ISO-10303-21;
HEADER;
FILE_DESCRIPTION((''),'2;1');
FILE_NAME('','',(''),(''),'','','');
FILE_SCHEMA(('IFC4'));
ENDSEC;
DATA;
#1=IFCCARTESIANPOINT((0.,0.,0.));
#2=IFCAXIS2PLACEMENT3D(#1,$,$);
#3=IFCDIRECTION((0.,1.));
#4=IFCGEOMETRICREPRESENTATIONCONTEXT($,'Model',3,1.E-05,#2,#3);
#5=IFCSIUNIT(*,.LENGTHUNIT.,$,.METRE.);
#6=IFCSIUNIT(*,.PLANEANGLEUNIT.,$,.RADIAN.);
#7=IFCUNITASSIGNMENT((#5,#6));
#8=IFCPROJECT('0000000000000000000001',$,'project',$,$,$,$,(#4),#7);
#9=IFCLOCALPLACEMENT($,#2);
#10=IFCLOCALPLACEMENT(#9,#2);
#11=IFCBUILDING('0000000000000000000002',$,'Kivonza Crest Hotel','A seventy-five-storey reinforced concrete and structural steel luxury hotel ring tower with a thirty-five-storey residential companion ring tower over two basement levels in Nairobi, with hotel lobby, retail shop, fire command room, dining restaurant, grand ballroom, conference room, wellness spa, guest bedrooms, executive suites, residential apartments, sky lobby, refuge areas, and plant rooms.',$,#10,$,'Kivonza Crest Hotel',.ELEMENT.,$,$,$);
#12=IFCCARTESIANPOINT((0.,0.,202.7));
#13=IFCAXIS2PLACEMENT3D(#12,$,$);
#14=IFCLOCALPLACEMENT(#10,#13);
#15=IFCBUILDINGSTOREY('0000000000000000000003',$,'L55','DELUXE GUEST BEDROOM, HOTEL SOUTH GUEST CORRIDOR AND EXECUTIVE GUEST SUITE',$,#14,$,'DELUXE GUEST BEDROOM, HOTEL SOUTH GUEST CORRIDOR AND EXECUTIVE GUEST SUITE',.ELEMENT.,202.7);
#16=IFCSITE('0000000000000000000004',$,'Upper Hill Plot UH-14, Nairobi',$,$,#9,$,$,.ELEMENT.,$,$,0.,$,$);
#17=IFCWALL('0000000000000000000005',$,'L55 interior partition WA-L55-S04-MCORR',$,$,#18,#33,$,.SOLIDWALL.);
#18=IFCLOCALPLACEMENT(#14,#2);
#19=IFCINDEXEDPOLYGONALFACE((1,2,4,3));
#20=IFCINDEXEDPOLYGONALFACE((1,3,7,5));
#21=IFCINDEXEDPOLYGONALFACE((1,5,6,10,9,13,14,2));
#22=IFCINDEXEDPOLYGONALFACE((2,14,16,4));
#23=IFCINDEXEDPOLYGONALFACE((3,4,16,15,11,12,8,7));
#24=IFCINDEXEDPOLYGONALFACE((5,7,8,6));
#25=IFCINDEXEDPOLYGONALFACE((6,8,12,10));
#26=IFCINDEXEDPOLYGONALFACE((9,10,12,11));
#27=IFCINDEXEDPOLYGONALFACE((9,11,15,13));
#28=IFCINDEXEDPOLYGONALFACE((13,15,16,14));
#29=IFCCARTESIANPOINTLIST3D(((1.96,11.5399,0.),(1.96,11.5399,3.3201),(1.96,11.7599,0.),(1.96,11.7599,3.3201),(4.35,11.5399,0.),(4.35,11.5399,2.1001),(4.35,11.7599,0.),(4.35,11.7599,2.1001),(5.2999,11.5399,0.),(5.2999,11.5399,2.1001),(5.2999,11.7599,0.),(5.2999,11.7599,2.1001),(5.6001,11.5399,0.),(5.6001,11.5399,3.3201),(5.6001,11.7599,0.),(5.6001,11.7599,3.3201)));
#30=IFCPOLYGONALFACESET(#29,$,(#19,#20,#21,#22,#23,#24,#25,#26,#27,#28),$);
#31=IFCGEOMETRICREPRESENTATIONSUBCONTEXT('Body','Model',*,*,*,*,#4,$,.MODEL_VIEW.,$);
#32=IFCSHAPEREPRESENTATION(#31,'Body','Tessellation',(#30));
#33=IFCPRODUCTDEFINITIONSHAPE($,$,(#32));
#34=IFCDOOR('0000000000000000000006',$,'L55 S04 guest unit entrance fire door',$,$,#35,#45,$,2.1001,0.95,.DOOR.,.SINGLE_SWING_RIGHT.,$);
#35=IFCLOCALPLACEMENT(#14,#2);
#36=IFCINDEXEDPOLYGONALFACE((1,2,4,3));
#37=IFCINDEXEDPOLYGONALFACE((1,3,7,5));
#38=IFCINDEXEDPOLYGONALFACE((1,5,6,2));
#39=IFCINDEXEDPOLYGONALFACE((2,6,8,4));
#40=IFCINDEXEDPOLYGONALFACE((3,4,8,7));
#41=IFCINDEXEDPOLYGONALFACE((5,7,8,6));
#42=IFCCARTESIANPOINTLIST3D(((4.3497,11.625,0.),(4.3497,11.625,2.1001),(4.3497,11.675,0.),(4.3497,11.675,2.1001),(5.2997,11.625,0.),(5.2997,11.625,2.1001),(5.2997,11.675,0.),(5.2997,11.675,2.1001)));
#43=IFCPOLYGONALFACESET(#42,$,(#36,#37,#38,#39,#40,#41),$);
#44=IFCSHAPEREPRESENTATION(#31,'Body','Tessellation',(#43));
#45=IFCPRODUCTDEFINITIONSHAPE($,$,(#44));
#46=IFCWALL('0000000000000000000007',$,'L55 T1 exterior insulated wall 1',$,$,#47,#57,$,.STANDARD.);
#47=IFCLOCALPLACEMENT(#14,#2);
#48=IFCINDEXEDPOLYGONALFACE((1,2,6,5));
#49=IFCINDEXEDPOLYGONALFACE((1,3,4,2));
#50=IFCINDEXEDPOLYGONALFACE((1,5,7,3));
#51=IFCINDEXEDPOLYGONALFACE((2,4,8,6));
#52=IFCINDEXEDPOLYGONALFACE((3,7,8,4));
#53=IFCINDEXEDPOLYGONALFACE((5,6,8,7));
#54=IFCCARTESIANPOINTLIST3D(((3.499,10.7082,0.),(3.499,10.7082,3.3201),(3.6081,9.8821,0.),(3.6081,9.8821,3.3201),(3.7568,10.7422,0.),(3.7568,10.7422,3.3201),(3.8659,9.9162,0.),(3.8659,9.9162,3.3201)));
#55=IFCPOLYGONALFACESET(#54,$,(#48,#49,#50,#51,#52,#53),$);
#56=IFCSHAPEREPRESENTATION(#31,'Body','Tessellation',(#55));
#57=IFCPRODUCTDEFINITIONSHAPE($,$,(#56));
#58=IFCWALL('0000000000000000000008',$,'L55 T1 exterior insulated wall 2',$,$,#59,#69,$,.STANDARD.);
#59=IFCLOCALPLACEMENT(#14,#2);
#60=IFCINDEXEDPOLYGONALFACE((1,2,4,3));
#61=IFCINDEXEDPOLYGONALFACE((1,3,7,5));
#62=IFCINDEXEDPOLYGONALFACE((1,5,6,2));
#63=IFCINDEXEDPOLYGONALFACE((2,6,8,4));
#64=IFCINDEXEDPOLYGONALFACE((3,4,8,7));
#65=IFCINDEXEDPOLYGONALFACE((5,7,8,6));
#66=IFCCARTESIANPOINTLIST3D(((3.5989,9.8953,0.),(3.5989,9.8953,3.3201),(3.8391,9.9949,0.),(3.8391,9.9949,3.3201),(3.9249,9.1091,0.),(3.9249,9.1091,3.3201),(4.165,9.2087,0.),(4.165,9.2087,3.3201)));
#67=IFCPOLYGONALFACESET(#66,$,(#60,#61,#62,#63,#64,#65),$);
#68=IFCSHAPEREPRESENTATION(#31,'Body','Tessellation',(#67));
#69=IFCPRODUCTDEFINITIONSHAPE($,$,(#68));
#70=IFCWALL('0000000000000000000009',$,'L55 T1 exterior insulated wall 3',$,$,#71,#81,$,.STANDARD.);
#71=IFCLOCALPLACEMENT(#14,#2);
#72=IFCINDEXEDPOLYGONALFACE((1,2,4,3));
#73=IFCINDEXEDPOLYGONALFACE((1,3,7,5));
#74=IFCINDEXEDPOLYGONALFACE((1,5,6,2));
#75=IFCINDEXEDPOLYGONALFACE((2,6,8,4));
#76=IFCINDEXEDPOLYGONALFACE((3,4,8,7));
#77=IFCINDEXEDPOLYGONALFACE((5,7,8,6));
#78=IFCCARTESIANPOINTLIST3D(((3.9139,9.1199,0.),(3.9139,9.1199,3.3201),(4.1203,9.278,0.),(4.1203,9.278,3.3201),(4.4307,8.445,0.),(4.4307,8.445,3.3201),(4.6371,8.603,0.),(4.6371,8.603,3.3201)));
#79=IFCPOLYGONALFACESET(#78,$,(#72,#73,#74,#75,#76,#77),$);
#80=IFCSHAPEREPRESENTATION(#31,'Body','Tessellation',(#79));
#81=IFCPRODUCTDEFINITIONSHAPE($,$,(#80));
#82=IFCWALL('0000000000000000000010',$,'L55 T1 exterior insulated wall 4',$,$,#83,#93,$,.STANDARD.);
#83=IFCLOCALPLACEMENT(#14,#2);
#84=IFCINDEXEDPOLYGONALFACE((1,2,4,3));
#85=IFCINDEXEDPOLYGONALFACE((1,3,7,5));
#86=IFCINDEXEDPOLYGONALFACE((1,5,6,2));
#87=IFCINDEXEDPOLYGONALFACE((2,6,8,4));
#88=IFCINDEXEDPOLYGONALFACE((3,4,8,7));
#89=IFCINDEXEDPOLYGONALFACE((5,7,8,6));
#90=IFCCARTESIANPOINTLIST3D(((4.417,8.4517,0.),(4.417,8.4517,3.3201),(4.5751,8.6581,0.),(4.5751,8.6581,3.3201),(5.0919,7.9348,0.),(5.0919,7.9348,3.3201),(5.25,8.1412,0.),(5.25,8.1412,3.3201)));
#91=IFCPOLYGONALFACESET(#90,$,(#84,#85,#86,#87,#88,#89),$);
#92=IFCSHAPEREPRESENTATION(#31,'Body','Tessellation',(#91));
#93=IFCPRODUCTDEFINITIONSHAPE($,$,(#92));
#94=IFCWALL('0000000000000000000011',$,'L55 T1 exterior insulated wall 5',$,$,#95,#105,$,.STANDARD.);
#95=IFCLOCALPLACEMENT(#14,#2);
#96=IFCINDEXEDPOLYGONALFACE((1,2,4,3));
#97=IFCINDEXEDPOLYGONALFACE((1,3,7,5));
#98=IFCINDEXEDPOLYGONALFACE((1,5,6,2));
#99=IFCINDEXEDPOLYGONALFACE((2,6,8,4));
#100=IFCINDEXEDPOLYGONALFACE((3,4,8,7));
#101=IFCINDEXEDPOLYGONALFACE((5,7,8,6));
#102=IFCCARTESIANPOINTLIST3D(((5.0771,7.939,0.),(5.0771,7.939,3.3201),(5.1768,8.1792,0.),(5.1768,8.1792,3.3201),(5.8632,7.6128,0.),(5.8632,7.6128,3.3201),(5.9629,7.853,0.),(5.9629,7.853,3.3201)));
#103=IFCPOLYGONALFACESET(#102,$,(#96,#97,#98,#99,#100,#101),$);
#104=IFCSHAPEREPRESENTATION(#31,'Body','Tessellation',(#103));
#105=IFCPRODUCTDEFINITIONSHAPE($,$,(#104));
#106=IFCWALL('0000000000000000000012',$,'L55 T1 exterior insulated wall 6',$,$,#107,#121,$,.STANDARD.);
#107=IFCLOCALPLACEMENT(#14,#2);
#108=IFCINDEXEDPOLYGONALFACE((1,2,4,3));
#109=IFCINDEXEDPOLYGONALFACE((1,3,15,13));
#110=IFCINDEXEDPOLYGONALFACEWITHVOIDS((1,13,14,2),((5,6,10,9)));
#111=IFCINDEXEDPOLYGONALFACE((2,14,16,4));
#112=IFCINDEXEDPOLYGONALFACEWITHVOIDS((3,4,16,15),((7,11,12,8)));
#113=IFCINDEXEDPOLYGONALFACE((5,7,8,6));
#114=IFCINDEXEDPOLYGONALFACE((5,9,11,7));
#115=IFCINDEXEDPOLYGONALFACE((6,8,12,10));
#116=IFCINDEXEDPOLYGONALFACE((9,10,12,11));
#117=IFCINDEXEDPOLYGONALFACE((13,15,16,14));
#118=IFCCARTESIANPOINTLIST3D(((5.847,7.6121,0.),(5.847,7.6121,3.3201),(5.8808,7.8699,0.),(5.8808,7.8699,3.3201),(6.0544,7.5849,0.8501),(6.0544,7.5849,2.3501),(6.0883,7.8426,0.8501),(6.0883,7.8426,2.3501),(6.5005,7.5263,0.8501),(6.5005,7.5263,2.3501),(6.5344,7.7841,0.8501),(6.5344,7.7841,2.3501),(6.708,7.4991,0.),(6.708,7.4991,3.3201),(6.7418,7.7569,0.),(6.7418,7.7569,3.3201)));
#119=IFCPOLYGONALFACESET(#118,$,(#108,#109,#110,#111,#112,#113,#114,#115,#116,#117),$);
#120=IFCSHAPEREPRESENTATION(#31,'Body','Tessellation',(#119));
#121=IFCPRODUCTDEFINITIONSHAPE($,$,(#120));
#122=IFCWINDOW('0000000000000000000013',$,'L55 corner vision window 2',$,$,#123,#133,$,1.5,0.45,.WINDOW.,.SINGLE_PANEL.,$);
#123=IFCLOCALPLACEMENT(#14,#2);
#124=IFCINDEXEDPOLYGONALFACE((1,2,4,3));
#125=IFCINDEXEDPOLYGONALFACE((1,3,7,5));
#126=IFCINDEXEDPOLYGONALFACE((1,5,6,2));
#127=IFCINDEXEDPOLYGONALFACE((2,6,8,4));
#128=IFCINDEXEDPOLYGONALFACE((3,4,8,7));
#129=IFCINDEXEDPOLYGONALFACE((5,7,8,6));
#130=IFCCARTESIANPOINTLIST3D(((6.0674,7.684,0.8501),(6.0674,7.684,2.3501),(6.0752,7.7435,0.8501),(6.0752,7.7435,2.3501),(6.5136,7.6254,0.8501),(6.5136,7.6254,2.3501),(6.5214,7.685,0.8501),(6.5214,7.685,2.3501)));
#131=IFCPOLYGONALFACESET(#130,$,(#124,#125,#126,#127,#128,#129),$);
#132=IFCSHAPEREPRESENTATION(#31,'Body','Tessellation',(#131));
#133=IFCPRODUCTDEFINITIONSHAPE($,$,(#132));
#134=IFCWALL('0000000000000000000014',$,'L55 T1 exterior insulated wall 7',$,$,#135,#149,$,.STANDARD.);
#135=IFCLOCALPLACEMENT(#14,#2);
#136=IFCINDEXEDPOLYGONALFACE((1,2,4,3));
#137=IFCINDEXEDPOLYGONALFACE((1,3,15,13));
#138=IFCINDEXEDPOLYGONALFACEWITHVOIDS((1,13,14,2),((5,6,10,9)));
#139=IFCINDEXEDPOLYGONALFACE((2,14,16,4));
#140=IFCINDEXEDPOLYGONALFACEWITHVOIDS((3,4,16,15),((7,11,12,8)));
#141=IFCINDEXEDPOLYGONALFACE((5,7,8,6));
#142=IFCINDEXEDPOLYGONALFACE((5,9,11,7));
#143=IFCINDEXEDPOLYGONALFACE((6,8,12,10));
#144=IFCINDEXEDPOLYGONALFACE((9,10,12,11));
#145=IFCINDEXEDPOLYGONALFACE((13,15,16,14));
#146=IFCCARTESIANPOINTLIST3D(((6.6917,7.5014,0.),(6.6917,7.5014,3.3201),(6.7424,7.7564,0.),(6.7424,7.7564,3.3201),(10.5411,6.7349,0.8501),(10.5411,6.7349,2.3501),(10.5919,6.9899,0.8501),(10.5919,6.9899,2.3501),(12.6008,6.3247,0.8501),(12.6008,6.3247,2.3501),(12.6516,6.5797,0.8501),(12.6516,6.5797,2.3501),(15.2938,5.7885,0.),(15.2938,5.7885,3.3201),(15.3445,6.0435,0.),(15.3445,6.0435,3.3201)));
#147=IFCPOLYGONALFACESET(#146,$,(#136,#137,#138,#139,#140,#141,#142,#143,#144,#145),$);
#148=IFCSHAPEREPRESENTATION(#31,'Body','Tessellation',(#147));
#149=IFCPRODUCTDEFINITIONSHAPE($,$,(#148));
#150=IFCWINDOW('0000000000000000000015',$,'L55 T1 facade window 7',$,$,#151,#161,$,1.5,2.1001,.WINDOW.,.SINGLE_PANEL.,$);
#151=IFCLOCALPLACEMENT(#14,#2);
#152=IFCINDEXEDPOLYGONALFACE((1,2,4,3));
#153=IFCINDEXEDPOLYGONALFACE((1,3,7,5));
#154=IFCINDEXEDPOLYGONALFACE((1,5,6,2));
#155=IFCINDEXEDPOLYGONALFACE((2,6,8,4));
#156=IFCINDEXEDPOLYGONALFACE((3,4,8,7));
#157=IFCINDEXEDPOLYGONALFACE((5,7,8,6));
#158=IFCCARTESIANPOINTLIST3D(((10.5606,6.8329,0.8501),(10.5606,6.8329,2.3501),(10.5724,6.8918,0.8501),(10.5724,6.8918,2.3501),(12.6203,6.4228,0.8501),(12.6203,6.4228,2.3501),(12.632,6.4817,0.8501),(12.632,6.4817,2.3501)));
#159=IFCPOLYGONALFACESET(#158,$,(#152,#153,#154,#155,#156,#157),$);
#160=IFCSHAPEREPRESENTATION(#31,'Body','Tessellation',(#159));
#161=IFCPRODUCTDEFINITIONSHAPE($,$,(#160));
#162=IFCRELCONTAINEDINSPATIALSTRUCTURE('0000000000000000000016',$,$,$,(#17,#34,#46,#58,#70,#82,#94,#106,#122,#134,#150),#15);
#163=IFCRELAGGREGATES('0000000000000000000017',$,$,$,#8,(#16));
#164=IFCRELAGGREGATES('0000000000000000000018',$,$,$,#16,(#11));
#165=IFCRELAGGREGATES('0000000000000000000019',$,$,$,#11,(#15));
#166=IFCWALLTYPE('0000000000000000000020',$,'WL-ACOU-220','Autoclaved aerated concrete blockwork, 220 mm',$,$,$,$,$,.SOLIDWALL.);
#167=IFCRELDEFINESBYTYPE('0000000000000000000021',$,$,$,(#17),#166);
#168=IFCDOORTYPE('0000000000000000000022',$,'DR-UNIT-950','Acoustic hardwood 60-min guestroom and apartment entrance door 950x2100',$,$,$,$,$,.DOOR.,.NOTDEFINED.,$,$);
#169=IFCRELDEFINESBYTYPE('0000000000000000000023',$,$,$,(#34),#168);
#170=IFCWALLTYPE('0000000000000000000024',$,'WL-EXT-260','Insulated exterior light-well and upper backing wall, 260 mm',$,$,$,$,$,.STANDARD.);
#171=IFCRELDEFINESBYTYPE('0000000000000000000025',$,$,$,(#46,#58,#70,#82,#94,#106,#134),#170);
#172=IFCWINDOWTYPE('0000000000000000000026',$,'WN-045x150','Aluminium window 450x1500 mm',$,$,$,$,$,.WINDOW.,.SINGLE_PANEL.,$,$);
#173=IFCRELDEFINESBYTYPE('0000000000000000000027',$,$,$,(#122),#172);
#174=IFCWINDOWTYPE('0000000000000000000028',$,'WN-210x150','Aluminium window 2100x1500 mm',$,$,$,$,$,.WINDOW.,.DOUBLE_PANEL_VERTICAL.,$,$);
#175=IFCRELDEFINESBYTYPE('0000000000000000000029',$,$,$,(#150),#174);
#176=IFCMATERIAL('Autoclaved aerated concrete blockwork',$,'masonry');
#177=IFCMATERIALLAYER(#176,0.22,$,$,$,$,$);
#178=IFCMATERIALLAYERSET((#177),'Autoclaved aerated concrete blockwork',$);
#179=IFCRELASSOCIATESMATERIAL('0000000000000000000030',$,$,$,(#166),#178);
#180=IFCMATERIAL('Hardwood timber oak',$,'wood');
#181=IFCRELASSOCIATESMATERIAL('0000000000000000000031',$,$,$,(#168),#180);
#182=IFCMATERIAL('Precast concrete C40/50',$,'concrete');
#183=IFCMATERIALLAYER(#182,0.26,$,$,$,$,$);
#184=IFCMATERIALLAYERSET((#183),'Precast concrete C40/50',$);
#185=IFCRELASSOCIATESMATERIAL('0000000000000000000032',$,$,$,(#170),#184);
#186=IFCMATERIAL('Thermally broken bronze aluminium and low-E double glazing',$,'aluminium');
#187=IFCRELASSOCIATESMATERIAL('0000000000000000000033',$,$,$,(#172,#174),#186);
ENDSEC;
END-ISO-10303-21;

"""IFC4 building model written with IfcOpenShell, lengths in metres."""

from ifc_helpers import new_model, si_unit, direction, frame, frame_2d, origin, place, context, subcontext, project, spatial, rectangle, extrude, material, layer, layer_set, type_object, element, fill, save


model = new_model("IFC4")

# Units and contexts
model_context = context("Model", 3, precision=1e-05, world=origin(), true_north=direction((0.0, 1.0)))
body_context = subcontext(model_context, "Body", "Model", "MODEL_VIEW")
ifc_project = project(units=[si_unit("LENGTHUNIT", "METRE"), si_unit("PLANEANGLEUNIT", "RADIAN")], contexts=[model_context])

# Site, building, storey
site_placement = place(None, origin())
site = spatial("IfcSite", under=ifc_project, at=site_placement, Name="Upper Hill Plot UH-14, Nairobi", CompositionType="ELEMENT", RefElevation=0.0)
building_placement = place(site_placement, origin())
building = spatial("IfcBuilding", under=site, at=building_placement, Name="Kivonza Crest Hotel", Description="A seventy-five-storey reinforced concrete and structural steel luxury hotel ring tower with a thirty-five-storey residential companion ring tower over two basement levels in Nairobi, with hotel lobby, retail shop, fire command room, dining restaurant, grand ballroom, conference room, wellness spa, guest bedrooms, executive suites, residential apartments, sky lobby, refuge areas, and plant rooms.", LongName="Kivonza Crest Hotel", CompositionType="ELEMENT")
storey_placement = place(building_placement, frame((0.0, 0.0, 202.7)))
storey = spatial("IfcBuildingStorey", under=building, at=storey_placement, Name="L55", Description="DELUXE GUEST BEDROOM, HOTEL SOUTH GUEST CORRIDOR AND EXECUTIVE GUEST SUITE", LongName="DELUXE GUEST BEDROOM, HOTEL SOUTH GUEST CORRIDOR AND EXECUTIVE GUEST SUITE", CompositionType="ELEMENT", Elevation=202.7)

# Shared definitions
ifc_material_1 = material(Name="Autoclaved aerated concrete blockwork", Category="masonry")
ifc_layer_1 = layer(ifc_material_1, 0.22)
ifc_layer_set_1 = layer_set([ifc_layer_1], Name="Autoclaved aerated concrete blockwork")
wall_type_1 = type_object("IfcWallType", Name="WL-ACOU-220", Description="Autoclaved aerated concrete blockwork, 220 mm", PredefinedType="SOLIDWALL", material=ifc_layer_set_1)

# Wall, opening, door
wall_1_placement = place(storey_placement, frame((1.96, 11.6499, 0.0), z_axis=(0.0, 0.0, 1.0), x_axis=(1.0, 0.0, 0.0)))
wall_1 = element("IfcWall", 1, at=wall_1_placement, inside=storey, type_object=wall_type_1, Name="L55 interior partition WA-L55-S04-MCORR", PredefinedType="SOLIDWALL", context=body_context, shape_type="SweptSolid", body=[
    extrude(rectangle(XDim=3.6401, YDim=0.22, at=frame_2d((1.8201, 0.0))), origin(), (0.0, 0.0, 1.0), 3.3201),
])
opening_1_placement = place(wall_1_placement, frame((2.3899, 0.0, 0.0)))
opening_1 = element("IfcOpeningElement", 2, at=opening_1_placement, cuts=wall_1, PredefinedType="OPENING", context=body_context, shape_type="SweptSolid", body=[
    extrude(rectangle(XDim=0.95, YDim=2.1001, at=frame_2d((0.4751, 1.05))), frame((0.0, 0.1201, 0.0), z_axis=(0.0, -1.0, 0.0), x_axis=(1.0, 0.0, 0.0)), (0.0, 0.0, 1.0), 0.24),
])
ifc_material_2 = material(Name="Hardwood timber oak", Category="wood")
door_type_1 = type_object("IfcDoorType", Name="DR-UNIT-950", Description="Acoustic hardwood 60-min guestroom and apartment entrance door 950x2100", OperationType="NOTDEFINED", PredefinedType="DOOR", material=ifc_material_2)
door_1_placement = place(opening_1_placement, frame((0.95, 0.0, 0.0), z_axis=(0.0, 0.0, 1.0), x_axis=(-1.0, 0.0, 0.0)))
door_1 = element("IfcDoor", 3, at=door_1_placement, inside=storey, type_object=door_type_1, Name="L55 S04 guest unit entrance fire door", OperationType="SINGLE_SWING_RIGHT", OverallHeight=2.1001, OverallWidth=0.95, PredefinedType="DOOR", context=body_context, shape_type="SweptSolid", body=[
    extrude(rectangle(XDim=0.95, YDim=2.1001, at=frame_2d((0.4751, 1.05))), frame((0.0, 0.0249, 0.0), z_axis=(0.0, -1.0, 0.0), x_axis=(1.0, 0.0, 0.0)), (0.0, 0.0, 1.0), 0.05),
])
fill(opening_1, door_1)

# Walls
ifc_material_3 = material(Name="Precast concrete C40/50", Category="concrete")
ifc_layer_2 = layer(ifc_material_3, 0.26)
ifc_layer_set_2 = layer_set([ifc_layer_2], Name="Precast concrete C40/50")
wall_type_2 = type_object("IfcWallType", Name="WL-EXT-260", Description="Insulated exterior light-well and upper backing wall, 260 mm", PredefinedType="STANDARD", material=ifc_layer_set_2)
wall_2_placement = place(storey_placement, frame((3.6279, 10.7251, 0.0), z_axis=(0.0, 0.0, 1.0), x_axis=(0.130955, -0.991388, 0.0)))
element("IfcWall", 4, at=wall_2_placement, inside=storey, type_object=wall_type_2, Name="L55 T1 exterior insulated wall 1", PredefinedType="STANDARD", context=body_context, shape_type="SweptSolid", body=[
    extrude(rectangle(XDim=0.8333, YDim=0.26, at=frame_2d((0.4165, 0.0))), origin(), (0.0, 0.0, 1.0), 3.3201),
])
wall_3_placement = place(storey_placement, frame((3.719, 9.9451, 0.0), z_axis=(0.0, 0.0, 1.0), x_axis=(0.382985, -0.923754, 0.0)))
element("IfcWall", 5, at=wall_3_placement, inside=storey, type_object=wall_type_2, Name="L55 T1 exterior insulated wall 2", PredefinedType="STANDARD", context=body_context, shape_type="SweptSolid", body=[
    extrude(rectangle(XDim=0.8511, YDim=0.26, at=frame_2d((0.4255, 0.0))), origin(), (0.0, 0.0, 1.0), 3.3201),
])
for number, where, z_axis, x_axis, name in (
    (6, (4.0171, 9.199, 0.0), (0.0, 0.0, 1.0), (0.607919, -0.793999, 0.0), "L55 T1 exterior insulated wall 3"),
    (7, (4.4961, 8.5549, 0.0), (0.0, 0.0, 1.0), (0.793893, -0.608058, 0.0), "L55 T1 exterior insulated wall 4"),
):
    element("IfcWall", number, at=place(storey_placement, frame(where, z_axis=z_axis, x_axis=x_axis)), inside=storey, type_object=wall_type_2, Name=name, PredefinedType="STANDARD", context=body_context, shape_type="SweptSolid", body=[
        extrude(rectangle(XDim=0.8501, YDim=0.26, at=frame_2d((0.425, 0.0))), origin(), (0.0, 0.0, 1.0), 3.3201),
    ])
wall_4_placement = place(storey_placement, frame((5.127, 8.0591, 0.0), z_axis=(0.0, 0.0, 1.0), x_axis=(0.923653, -0.38323, 0.0)))
element("IfcWall", 8, at=wall_4_placement, inside=storey, type_object=wall_type_2, Name="L55 T1 exterior insulated wall 5", PredefinedType="STANDARD", context=body_context, shape_type="SweptSolid", body=[
    extrude(rectangle(XDim=0.8511, YDim=0.26, at=frame_2d((0.4255, 0.0))), origin(), (0.0, 0.0, 1.0), 3.3201),
])

# Walls, openings, windows
wall_5_placement = place(storey_placement, frame((5.864, 7.741, 0.0), z_axis=(0.0, 0.0, 1.0), x_axis=(0.991493, -0.130156, 0.0)))
wall_5 = element("IfcWall", 9, at=wall_5_placement, inside=storey, type_object=wall_type_2, Name="L55 T1 exterior insulated wall 6", PredefinedType="STANDARD", context=body_context, shape_type="SweptSolid", body=[
    extrude(rectangle(XDim=0.8684, YDim=0.26, at=frame_2d((0.4341, 0.0))), origin(), (0.0, 0.0, 1.0), 3.3201),
])
opening_2_placement = place(wall_5_placement, frame((0.209, 0.0, 0.8501)))
opening_2 = element("IfcOpeningElement", 10, at=opening_2_placement, cuts=wall_5, PredefinedType="OPENING", context=body_context, shape_type="SweptSolid", body=[
    extrude(rectangle(XDim=0.45, YDim=1.5, at=frame_2d((0.2251, 0.75))), frame((0.0, 0.1401, 0.0), z_axis=(0.0, -1.0, 0.0), x_axis=(1.0, 0.0, 0.0)), (0.0, 0.0, 1.0), 0.28),
])
ifc_material_4 = material(Name="Thermally broken bronze aluminium and low-E double glazing", Category="aluminium")
window_type_1 = type_object("IfcWindowType", Name="WN-045x150", Description="Aluminium window 450x1500 mm", PartitioningType="SINGLE_PANEL", PredefinedType="WINDOW", material=ifc_material_4)
window_1_placement = place(opening_2_placement, origin())
window_1 = element("IfcWindow", 11, at=window_1_placement, inside=storey, type_object=window_type_1, Name="L55 corner vision window 2", OverallHeight=1.5, OverallWidth=0.45, PartitioningType="SINGLE_PANEL", PredefinedType="WINDOW", context=body_context, shape_type="SweptSolid", body=[
    extrude(rectangle(XDim=0.45, YDim=1.5, at=frame_2d((0.2251, 0.75))), frame((0.0, 0.03, 0.0), z_axis=(0.0, -1.0, 0.0), x_axis=(1.0, 0.0, 0.0)), (0.0, 0.0, 1.0), 0.0601),
])
fill(opening_2, window_1)
wall_6_placement = place(storey_placement, frame((6.717, 7.6289, 0.0), z_axis=(0.0, 0.0, 1.0), x_axis=(0.980745, -0.195292, 0.0)))
wall_6 = element("IfcWall", 12, at=wall_6_placement, inside=storey, type_object=wall_type_2, Name="L55 T1 exterior insulated wall 7", PredefinedType="STANDARD", context=body_context, shape_type="SweptSolid", body=[
    extrude(rectangle(XDim=8.771, YDim=0.26, at=frame_2d((4.3855, 0.0))), origin(), (0.0, 0.0, 1.0), 3.3201),
])
opening_3_placement = place(wall_6_placement, frame((3.925, 0.0, 0.8501)))
opening_3 = element("IfcOpeningElement", 13, at=opening_3_placement, cuts=wall_6, PredefinedType="OPENING", context=body_context, shape_type="SweptSolid", body=[
    extrude(rectangle(XDim=2.1001, YDim=1.5, at=frame_2d((1.05, 0.75))), frame((0.0, 0.1401, 0.0), z_axis=(0.0, -1.0, 0.0), x_axis=(1.0, 0.0, 0.0)), (0.0, 0.0, 1.0), 0.28),
])
window_type_2 = type_object("IfcWindowType", Name="WN-210x150", Description="Aluminium window 2100x1500 mm", PartitioningType="DOUBLE_PANEL_VERTICAL", PredefinedType="WINDOW", material=ifc_material_4)
window_2_placement = place(opening_3_placement, origin())
window_2 = element("IfcWindow", 14, at=window_2_placement, inside=storey, type_object=window_type_2, Name="L55 T1 facade window 7", OverallHeight=1.5, OverallWidth=2.1001, PartitioningType="SINGLE_PANEL", PredefinedType="WINDOW", context=body_context, shape_type="SweptSolid", body=[
    extrude(rectangle(XDim=2.1001, YDim=1.5, at=frame_2d((1.05, 0.75))), frame((0.0, 0.03, 0.0), z_axis=(0.0, -1.0, 0.0), x_axis=(1.0, 0.0, 0.0)), (0.0, 0.0, 1.0), 0.0601),
])
fill(opening_3, window_2)

save(model, "model.ifc")
